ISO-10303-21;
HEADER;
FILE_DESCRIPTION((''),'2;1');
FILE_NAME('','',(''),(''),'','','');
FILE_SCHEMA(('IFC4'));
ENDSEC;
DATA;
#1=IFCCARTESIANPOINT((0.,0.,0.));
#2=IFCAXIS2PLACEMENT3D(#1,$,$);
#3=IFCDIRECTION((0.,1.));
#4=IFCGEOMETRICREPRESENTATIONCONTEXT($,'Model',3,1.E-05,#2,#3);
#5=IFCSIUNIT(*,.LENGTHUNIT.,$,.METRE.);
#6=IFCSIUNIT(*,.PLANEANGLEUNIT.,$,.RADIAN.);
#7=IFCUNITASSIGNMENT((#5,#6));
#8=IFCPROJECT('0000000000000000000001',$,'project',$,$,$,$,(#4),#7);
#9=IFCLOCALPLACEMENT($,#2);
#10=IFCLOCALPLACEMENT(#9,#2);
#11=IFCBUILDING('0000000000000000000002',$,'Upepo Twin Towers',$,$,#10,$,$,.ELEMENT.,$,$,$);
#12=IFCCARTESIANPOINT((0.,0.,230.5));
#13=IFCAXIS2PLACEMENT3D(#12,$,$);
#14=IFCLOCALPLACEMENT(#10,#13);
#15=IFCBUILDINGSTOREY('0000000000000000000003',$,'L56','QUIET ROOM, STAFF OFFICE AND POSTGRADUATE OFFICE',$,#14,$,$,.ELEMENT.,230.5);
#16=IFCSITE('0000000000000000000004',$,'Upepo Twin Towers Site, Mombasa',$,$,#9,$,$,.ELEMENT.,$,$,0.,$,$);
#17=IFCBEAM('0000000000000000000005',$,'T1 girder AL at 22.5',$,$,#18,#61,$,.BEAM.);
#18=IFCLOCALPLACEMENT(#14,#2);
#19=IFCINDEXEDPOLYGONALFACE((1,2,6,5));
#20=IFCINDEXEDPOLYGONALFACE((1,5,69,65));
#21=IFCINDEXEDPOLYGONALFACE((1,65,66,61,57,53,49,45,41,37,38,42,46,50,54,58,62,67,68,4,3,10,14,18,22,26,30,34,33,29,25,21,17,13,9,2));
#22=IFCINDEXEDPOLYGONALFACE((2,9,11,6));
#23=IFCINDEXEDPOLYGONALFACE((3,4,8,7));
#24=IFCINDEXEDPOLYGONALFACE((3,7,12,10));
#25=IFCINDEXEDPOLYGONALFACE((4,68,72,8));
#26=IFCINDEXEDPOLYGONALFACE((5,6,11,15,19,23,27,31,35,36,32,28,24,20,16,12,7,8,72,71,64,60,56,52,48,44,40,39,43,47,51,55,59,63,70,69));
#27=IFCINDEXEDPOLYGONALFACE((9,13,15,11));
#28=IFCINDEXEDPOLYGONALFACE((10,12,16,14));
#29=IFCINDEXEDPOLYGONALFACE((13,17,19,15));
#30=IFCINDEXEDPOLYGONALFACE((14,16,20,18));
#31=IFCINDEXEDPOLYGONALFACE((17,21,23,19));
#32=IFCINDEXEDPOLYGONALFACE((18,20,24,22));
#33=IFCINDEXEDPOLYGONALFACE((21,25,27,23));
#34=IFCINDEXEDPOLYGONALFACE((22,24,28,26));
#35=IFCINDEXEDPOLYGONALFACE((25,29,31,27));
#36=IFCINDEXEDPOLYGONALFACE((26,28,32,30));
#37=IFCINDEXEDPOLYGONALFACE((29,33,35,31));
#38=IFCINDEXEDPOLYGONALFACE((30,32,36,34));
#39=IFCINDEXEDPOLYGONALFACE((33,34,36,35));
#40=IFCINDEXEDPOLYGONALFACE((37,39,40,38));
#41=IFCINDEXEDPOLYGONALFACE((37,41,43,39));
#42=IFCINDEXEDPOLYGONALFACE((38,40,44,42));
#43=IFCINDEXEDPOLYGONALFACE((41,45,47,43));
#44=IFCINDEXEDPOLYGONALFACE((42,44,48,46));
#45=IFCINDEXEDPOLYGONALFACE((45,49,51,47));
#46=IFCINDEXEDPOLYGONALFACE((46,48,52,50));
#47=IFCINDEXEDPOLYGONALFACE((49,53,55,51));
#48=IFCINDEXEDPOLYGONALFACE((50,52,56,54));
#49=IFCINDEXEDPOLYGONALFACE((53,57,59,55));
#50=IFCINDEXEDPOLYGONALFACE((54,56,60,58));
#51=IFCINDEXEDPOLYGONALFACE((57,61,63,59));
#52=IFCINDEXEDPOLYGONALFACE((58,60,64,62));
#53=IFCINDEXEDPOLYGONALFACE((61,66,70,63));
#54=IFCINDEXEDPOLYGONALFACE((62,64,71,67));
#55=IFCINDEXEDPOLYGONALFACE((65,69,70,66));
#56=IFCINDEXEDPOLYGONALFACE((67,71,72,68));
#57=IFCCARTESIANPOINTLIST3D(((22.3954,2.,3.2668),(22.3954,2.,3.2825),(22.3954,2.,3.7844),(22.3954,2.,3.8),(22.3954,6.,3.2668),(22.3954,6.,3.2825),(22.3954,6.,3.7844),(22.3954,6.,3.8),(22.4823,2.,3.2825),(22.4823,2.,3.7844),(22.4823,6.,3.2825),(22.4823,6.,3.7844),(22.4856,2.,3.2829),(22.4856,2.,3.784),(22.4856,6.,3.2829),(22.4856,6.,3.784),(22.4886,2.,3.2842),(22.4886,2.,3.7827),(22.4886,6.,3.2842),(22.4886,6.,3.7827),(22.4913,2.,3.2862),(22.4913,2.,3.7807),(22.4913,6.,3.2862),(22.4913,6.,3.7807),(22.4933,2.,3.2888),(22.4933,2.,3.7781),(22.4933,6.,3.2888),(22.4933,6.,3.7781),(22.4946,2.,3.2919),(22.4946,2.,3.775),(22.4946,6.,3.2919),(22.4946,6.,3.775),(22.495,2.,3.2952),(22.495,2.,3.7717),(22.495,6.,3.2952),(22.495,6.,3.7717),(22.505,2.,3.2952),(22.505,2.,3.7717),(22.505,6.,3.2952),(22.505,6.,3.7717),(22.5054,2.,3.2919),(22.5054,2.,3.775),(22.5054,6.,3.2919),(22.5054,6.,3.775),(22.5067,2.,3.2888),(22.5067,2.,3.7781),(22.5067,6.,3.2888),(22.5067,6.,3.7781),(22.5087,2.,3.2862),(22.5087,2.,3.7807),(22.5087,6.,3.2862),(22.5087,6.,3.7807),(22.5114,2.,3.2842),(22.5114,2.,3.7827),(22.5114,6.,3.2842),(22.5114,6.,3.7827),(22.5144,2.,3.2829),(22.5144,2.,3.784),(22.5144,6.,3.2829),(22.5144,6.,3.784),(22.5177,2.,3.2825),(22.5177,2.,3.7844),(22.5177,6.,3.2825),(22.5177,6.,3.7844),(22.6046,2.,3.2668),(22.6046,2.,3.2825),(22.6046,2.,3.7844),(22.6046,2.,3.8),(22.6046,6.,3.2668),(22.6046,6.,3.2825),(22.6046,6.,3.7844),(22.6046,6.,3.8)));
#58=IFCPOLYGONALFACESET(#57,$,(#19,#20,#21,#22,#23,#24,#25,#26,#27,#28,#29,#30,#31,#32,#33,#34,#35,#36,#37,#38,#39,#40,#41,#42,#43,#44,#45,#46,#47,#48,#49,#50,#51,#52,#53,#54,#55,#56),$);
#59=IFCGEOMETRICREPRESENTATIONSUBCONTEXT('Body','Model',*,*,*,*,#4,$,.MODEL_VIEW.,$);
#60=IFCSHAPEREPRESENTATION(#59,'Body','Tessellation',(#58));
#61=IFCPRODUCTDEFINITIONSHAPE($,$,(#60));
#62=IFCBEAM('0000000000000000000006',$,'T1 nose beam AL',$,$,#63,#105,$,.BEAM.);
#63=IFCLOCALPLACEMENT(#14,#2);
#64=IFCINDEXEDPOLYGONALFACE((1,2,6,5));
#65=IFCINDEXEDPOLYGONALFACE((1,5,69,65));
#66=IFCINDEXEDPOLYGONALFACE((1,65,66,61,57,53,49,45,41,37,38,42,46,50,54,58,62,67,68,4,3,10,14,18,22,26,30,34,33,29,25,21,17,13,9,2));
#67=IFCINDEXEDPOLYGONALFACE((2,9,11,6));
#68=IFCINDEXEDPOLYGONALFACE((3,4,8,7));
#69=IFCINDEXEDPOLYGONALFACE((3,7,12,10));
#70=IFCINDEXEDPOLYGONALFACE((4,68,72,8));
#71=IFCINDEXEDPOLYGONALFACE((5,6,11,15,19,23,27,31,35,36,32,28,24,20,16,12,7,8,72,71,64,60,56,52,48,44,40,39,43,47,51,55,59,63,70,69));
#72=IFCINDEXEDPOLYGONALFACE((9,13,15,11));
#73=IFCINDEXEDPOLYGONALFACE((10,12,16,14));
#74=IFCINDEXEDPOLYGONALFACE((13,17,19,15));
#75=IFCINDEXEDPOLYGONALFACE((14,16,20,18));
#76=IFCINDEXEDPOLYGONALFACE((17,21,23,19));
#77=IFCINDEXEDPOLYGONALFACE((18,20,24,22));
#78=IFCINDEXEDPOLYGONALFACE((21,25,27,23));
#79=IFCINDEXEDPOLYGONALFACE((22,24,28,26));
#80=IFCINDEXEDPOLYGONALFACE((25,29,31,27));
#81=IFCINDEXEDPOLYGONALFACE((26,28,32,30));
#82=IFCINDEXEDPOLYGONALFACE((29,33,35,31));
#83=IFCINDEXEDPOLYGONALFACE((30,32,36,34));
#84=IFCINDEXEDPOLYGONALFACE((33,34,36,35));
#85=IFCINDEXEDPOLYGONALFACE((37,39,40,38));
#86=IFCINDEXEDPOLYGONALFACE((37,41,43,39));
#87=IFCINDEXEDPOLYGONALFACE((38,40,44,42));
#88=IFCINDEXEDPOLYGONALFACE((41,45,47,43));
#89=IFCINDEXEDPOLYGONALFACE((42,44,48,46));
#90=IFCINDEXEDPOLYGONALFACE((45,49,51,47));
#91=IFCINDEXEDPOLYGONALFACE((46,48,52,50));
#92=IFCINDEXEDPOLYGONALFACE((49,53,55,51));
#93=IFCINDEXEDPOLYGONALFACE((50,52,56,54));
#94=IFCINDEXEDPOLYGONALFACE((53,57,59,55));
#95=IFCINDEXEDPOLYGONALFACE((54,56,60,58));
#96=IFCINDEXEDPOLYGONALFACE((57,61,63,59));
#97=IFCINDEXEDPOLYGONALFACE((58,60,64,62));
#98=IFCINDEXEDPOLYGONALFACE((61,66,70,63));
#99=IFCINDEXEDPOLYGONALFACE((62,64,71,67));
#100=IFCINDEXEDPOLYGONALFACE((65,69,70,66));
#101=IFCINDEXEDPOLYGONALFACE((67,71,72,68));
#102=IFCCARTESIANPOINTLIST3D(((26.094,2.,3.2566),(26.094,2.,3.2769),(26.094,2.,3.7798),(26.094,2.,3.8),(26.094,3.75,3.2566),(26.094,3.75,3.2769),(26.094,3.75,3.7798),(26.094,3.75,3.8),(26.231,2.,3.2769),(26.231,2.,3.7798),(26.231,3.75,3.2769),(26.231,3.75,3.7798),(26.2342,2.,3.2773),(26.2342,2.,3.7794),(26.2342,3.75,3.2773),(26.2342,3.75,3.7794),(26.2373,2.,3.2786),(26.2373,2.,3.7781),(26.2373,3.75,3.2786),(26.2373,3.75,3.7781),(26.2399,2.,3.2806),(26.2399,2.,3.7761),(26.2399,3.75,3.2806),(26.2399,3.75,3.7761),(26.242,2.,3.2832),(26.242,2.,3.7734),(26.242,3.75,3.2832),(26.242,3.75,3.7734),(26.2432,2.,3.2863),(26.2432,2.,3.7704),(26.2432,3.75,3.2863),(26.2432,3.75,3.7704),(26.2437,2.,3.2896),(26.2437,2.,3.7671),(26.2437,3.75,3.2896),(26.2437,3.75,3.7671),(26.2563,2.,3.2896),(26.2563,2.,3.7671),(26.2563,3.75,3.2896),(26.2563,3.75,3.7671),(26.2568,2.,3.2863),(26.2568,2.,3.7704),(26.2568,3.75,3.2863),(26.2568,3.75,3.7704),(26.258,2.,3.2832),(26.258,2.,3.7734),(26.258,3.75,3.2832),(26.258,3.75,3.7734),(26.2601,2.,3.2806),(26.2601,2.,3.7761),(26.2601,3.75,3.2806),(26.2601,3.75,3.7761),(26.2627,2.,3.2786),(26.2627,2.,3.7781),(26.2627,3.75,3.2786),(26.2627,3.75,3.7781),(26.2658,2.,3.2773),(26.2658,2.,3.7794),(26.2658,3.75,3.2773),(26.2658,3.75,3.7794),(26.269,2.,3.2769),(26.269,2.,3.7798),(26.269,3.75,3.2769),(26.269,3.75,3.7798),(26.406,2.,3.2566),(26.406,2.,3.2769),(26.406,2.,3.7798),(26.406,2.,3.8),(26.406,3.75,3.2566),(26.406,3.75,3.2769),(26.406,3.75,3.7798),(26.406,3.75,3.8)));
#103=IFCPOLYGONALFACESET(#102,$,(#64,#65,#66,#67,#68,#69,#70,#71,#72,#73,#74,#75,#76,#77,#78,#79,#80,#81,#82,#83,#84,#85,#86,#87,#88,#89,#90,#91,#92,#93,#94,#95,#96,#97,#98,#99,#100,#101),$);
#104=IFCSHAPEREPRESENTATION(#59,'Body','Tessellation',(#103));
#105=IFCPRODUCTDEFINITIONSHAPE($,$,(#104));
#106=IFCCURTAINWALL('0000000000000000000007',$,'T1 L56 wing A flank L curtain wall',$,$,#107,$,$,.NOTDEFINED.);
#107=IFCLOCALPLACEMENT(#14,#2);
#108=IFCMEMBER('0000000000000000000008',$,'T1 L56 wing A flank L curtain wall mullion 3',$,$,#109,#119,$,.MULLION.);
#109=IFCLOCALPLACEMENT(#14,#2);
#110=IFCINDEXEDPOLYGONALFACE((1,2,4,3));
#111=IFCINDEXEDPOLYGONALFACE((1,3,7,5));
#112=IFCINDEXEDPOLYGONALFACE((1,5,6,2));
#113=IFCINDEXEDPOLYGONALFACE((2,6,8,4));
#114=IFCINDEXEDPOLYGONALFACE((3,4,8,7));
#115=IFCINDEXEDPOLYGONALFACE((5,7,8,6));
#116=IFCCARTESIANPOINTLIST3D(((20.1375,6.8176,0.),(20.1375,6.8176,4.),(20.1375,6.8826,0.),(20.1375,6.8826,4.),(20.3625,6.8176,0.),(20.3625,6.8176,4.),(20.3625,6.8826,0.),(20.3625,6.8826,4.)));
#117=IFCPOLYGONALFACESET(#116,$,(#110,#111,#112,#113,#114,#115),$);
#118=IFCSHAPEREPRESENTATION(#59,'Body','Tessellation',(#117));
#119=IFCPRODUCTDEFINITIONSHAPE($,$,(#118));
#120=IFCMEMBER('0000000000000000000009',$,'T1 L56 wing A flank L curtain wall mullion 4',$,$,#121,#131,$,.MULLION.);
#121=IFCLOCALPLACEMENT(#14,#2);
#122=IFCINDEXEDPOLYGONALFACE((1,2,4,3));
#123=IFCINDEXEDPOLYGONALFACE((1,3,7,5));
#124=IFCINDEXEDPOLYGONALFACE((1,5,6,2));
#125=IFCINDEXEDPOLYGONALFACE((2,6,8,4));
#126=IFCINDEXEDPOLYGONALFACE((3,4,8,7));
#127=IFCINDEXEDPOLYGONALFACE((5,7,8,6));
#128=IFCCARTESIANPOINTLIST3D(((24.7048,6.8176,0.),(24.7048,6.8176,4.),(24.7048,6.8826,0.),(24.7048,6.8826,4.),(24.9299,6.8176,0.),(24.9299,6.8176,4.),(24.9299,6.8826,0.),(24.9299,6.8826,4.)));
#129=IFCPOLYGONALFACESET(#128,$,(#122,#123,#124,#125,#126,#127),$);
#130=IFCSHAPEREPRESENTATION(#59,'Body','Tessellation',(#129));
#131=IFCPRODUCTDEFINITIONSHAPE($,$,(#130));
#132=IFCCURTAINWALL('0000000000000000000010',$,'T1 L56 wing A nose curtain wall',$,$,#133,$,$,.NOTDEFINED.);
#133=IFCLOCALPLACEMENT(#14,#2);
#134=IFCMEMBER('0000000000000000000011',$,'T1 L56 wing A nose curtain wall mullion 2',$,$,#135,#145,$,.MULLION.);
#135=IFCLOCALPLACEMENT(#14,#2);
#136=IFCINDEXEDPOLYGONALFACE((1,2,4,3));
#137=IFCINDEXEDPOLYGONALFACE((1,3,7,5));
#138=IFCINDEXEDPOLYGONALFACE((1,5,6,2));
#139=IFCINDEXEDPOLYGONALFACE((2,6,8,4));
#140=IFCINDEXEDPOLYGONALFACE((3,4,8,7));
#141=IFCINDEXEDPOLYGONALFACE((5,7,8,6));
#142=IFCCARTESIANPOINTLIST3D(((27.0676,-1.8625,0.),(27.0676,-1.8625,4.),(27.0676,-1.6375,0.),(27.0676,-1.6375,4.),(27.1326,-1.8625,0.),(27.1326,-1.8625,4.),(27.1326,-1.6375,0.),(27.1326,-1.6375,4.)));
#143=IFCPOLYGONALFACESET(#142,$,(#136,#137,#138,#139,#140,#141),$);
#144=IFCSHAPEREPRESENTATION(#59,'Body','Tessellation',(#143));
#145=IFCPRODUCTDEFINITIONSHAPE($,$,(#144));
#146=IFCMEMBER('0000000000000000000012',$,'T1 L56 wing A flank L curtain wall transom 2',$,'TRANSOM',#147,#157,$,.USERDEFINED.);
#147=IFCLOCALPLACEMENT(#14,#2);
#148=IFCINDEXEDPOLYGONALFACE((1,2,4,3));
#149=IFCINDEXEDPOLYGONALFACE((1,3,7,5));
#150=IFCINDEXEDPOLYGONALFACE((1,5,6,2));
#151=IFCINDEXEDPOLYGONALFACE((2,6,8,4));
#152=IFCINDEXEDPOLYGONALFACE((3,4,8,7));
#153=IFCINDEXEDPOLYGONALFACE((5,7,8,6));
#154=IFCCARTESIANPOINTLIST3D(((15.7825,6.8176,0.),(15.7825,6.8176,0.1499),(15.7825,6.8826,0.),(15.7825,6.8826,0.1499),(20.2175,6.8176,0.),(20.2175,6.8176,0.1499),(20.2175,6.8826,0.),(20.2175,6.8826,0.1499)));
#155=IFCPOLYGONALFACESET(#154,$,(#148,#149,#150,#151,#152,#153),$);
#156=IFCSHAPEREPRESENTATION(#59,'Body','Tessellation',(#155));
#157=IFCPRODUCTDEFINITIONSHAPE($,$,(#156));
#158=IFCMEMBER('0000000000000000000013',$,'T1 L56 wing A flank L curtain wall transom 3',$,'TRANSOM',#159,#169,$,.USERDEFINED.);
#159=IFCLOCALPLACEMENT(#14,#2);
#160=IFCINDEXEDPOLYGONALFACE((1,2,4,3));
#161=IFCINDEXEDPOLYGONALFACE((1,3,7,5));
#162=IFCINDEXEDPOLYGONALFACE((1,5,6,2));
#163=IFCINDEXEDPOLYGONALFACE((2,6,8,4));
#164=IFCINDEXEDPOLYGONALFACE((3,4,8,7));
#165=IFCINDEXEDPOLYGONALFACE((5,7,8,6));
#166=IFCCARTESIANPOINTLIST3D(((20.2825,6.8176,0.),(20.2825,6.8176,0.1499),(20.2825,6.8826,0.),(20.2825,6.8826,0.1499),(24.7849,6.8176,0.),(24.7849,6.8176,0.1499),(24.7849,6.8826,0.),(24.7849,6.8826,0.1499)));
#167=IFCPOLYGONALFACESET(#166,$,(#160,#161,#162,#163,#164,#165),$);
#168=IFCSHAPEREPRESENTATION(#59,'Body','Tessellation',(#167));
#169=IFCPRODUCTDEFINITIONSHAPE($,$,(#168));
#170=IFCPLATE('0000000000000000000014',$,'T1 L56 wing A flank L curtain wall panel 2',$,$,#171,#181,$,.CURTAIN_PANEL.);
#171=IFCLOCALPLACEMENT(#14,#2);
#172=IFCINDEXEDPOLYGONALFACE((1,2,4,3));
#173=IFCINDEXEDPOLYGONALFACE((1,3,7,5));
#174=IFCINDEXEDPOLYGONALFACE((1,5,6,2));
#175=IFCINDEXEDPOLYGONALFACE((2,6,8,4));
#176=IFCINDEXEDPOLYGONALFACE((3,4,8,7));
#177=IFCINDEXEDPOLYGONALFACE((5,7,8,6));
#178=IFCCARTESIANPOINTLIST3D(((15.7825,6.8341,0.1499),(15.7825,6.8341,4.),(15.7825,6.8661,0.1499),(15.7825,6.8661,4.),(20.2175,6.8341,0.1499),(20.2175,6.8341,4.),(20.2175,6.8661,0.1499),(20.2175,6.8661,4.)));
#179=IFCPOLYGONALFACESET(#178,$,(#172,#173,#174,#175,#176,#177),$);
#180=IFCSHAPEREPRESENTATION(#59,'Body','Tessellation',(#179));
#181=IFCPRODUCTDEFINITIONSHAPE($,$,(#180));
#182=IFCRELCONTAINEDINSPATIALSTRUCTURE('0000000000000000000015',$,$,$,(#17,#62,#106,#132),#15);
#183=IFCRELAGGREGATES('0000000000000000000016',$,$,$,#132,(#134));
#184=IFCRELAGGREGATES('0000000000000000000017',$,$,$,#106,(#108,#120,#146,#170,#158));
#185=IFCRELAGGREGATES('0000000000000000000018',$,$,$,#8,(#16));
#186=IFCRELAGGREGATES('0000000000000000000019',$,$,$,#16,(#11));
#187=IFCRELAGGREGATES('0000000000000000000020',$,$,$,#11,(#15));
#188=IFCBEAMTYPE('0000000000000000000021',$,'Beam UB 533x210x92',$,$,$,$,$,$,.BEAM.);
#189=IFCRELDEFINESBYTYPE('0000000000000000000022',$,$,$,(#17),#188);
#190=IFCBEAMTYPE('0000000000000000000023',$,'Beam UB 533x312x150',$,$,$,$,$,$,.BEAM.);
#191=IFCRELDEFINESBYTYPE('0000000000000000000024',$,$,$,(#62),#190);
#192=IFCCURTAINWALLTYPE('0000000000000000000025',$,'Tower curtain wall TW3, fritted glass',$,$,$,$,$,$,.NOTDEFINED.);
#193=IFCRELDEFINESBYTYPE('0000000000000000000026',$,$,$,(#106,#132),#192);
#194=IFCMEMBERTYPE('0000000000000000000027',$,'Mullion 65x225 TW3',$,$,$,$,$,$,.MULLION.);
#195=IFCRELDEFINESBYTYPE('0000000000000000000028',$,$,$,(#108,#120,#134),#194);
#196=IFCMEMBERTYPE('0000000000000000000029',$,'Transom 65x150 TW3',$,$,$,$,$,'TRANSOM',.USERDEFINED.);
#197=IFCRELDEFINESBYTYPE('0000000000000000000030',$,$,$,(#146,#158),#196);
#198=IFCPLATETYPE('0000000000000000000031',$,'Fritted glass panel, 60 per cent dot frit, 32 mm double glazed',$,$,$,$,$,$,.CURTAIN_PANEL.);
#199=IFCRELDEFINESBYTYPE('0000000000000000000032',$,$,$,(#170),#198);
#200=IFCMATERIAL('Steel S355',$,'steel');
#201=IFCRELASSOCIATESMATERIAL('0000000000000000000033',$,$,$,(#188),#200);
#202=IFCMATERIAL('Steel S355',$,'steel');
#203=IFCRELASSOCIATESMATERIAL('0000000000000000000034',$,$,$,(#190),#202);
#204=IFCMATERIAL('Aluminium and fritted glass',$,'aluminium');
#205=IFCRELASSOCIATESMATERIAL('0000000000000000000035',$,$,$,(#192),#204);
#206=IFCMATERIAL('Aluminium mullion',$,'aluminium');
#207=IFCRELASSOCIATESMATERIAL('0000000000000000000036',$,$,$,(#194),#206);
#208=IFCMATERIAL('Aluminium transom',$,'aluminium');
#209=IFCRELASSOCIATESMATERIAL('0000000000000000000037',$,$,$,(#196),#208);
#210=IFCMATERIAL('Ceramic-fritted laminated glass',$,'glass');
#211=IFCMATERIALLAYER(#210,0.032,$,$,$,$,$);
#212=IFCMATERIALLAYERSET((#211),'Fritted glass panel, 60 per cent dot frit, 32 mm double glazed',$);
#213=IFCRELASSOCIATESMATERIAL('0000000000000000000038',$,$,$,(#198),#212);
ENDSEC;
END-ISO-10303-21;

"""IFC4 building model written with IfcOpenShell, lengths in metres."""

from ifc_helpers import new_model, si_unit, direction, frame, origin, origin_2d, place, context, subcontext, project, spatial, rectangle, i_section, extrude, material, layer, layer_set, material_profile, profile_set, type_object, element, aggregate, save


model = new_model("IFC4")

# Units and contexts
model_context = context("Model", 3, precision=1e-05, world=origin(), true_north=direction((0.0, 1.0)))
body_context = subcontext(model_context, "Body", "Model", "MODEL_VIEW")
ifc_project = project(units=[si_unit("LENGTHUNIT", "METRE"), si_unit("PLANEANGLEUNIT", "RADIAN")], contexts=[model_context])

# Site, building, storey
site_placement = place(None, origin())
site = spatial("IfcSite", under=ifc_project, at=site_placement, Name="Upepo Twin Towers Site, Mombasa", CompositionType="ELEMENT", RefElevation=0.0)
building_placement = place(site_placement, origin())
building = spatial("IfcBuilding", under=site, at=building_placement, Name="Upepo Twin Towers", CompositionType="ELEMENT")
storey_placement = place(building_placement, frame((0.0, 0.0, 230.5)))
storey = spatial("IfcBuildingStorey", under=building, at=storey_placement, Name="L56", Description="QUIET ROOM, STAFF OFFICE AND POSTGRADUATE OFFICE", CompositionType="ELEMENT", Elevation=230.5)

# Beams
ifc_material_1 = material(Name="Steel S355", Category="steel")
ifc_material_profile_1 = material_profile(ifc_material_1, i_section(OverallWidth=0.2092, OverallDepth=0.5332, WebThickness=0.01, FlangeThickness=0.0156, FilletRadius=0.0127, at=origin_2d()), Name="UB 533x210x92")
ifc_profile_set_1 = profile_set([ifc_material_profile_1], Name="Steel S355")
beam_type_1 = type_object("IfcBeamType", Name="Beam UB 533x210x92", PredefinedType="BEAM", material=ifc_profile_set_1)
for number, where, z_axis, x_axis, name in (
    (1, (22.5, 6.0, 3.5334), (0.0, -1.0, 0.0), (1.0, 0.0, 0.0), "T1 girder AL at 22.5"),
):
    element("IfcBeam", number, at=place(storey_placement, frame(where, z_axis=z_axis, x_axis=x_axis)), inside=storey, type_object=beam_type_1, Name=name, PredefinedType="BEAM", context=body_context, shape_type="SweptSolid", body=[
        extrude(i_section(OverallWidth=0.2092, OverallDepth=0.5332, WebThickness=0.01, FlangeThickness=0.0156, FilletRadius=0.0127, at=origin_2d()), origin(), (0.0, 0.0, 1.0), 4.0),
    ])
ifc_material_2 = material(Name="Steel S355", Category="steel")
ifc_material_profile_2 = material_profile(ifc_material_2, i_section(OverallWidth=0.312, OverallDepth=0.5435, WebThickness=0.0127, FlangeThickness=0.0203, FilletRadius=0.0127, at=origin_2d()), Name="UB 533x312x150")
ifc_profile_set_2 = profile_set([ifc_material_profile_2], Name="Steel S355")
beam_type_2 = type_object("IfcBeamType", Name="Beam UB 533x312x150", PredefinedType="BEAM", material=ifc_profile_set_2)
beam_1_placement = place(storey_placement, frame((26.25, 3.75, 3.5283), z_axis=(0.0, -1.0, 0.0), x_axis=(1.0, 0.0, 0.0)))
element("IfcBeam", 2, at=beam_1_placement, inside=storey, type_object=beam_type_2, Name="T1 nose beam AL", PredefinedType="BEAM", context=body_context, shape_type="SweptSolid", body=[
    extrude(i_section(OverallWidth=0.312, OverallDepth=0.5435, WebThickness=0.0127, FlangeThickness=0.0203, FilletRadius=0.0127, at=origin_2d()), origin(), (0.0, 0.0, 1.0), 1.75),
])

# Curtain wall, members
ifc_material_3 = material(Name="Aluminium and fritted glass", Category="aluminium")
curtain_wall_type = type_object("IfcCurtainWallType", Name="Tower curtain wall TW3, fritted glass", PredefinedType="NOTDEFINED", material=ifc_material_3)
curtain_wall_1_placement = place(storey_placement, origin())
curtain_wall_1 = element("IfcCurtainWall", 3, at=curtain_wall_1_placement, inside=storey, type_object=curtain_wall_type, Name="T1 L56 wing A flank L curtain wall", PredefinedType="NOTDEFINED")
ifc_material_4 = material(Name="Aluminium mullion", Category="aluminium")
ifc_material_profile_3 = material_profile(ifc_material_4, rectangle(XDim=0.0649, YDim=0.2251, at=origin_2d()), Name="MULLION 65x225")
ifc_profile_set_3 = profile_set([ifc_material_profile_3], Name="Aluminium mullion")
member_type_1 = type_object("IfcMemberType", Name="Mullion 65x225 TW3", PredefinedType="MULLION", material=ifc_profile_set_3)
member_1_placement = place(storey_placement, frame((20.25, 6.8501, 0.0), z_axis=(0.0, 0.0, 1.0), x_axis=(0.0, 1.0, 0.0)))
member_1 = element("IfcMember", 4, at=member_1_placement, type_object=member_type_1, Name="T1 L56 wing A flank L curtain wall mullion 3", PredefinedType="MULLION", context=body_context, shape_type="SweptSolid", body=[
    extrude(rectangle(XDim=0.0649, YDim=0.2251, at=origin_2d()), origin(), (0.0, 0.0, 1.0), 4.0),
])
member_2_placement = place(storey_placement, frame((24.8174, 6.8501, 0.0), z_axis=(0.0, 0.0, 1.0), x_axis=(0.0, 1.0, 0.0)))
member_2 = element("IfcMember", 5, at=member_2_placement, type_object=member_type_1, Name="T1 L56 wing A flank L curtain wall mullion 4", PredefinedType="MULLION", context=body_context, shape_type="SweptSolid", body=[
    extrude(rectangle(XDim=0.0649, YDim=0.2251, at=origin_2d()), origin(), (0.0, 0.0, 1.0), 4.0),
])

# Curtain wall, member
curtain_wall_2_placement = place(storey_placement, origin())
curtain_wall_2 = element("IfcCurtainWall", 6, at=curtain_wall_2_placement, inside=storey, type_object=curtain_wall_type, Name="T1 L56 wing A nose curtain wall", PredefinedType="NOTDEFINED")
member_3_placement = place(storey_placement, frame((27.1001, -1.75, 0.0), z_axis=(0.0, 0.0, 1.0), x_axis=(-1.0, 0.0, 0.0)))
member_3 = element("IfcMember", 7, at=member_3_placement, type_object=member_type_1, Name="T1 L56 wing A nose curtain wall mullion 2", PredefinedType="MULLION", context=body_context, shape_type="SweptSolid", body=[
    extrude(rectangle(XDim=0.0649, YDim=0.2251, at=origin_2d()), origin(), (0.0, 0.0, 1.0), 4.0),
])
aggregate(curtain_wall_2, [member_3])

# Members
ifc_material_5 = material(Name="Aluminium transom", Category="aluminium")
ifc_material_profile_4 = material_profile(ifc_material_5, rectangle(XDim=0.0649, YDim=0.1499, at=origin_2d()), Name="TRANSOM 65x150")
ifc_profile_set_4 = profile_set([ifc_material_profile_4], Name="Aluminium transom")
member_type_2 = type_object("IfcMemberType", Name="Transom 65x150 TW3", ElementType="TRANSOM", PredefinedType="USERDEFINED", material=ifc_profile_set_4)
member_4_placement = place(storey_placement, frame((15.7825, 6.8501, 0.075), z_axis=(1.0, 0.0, 0.0), x_axis=(0.0, 1.0, 0.0)))
member_4 = element("IfcMember", 8, at=member_4_placement, type_object=member_type_2, Name="T1 L56 wing A flank L curtain wall transom 2", ObjectType="TRANSOM", PredefinedType="USERDEFINED", context=body_context, shape_type="SweptSolid", body=[
    extrude(rectangle(XDim=0.0649, YDim=0.1499, at=origin_2d()), origin(), (0.0, 0.0, 1.0), 4.4351),
])
member_5_placement = place(storey_placement, frame((20.2825, 6.8501, 0.075), z_axis=(1.0, 0.0, 0.0), x_axis=(0.0, 1.0, 0.0)))
member_5 = element("IfcMember", 9, at=member_5_placement, type_object=member_type_2, Name="T1 L56 wing A flank L curtain wall transom 3", ObjectType="TRANSOM", PredefinedType="USERDEFINED", context=body_context, shape_type="SweptSolid", body=[
    extrude(rectangle(XDim=0.0649, YDim=0.1499, at=origin_2d()), origin(), (0.0, 0.0, 1.0), 4.5024),
])

# Plate
ifc_material_6 = material(Name="Ceramic-fritted laminated glass", Category="glass")
ifc_layer_1 = layer(ifc_material_6, 0.032)
ifc_layer_set_1 = layer_set([ifc_layer_1], Name="Fritted glass panel, 60 per cent dot frit, 32 mm double glazed")
plate_type = type_object("IfcPlateType", Name="Fritted glass panel, 60 per cent dot frit, 32 mm double glazed", PredefinedType="CURTAIN_PANEL", material=ifc_layer_set_1)
plate_1_placement = place(storey_placement, frame((18.0, 6.8501, 0.1499), z_axis=(0.0, 0.0, 1.0), x_axis=(1.0, 0.0, 0.0)))
plate_1 = element("IfcPlate", 10, at=plate_1_placement, type_object=plate_type, Name="T1 L56 wing A flank L curtain wall panel 2", PredefinedType="CURTAIN_PANEL", context=body_context, shape_type="SweptSolid", body=[
    extrude(rectangle(XDim=4.4351, YDim=0.032, at=origin_2d()), origin(), (0.0, 0.0, 1.0), 3.8501),
])
aggregate(curtain_wall_1, [member_1, member_2, member_4, plate_1, member_5])

save(model, "model.ifc")
